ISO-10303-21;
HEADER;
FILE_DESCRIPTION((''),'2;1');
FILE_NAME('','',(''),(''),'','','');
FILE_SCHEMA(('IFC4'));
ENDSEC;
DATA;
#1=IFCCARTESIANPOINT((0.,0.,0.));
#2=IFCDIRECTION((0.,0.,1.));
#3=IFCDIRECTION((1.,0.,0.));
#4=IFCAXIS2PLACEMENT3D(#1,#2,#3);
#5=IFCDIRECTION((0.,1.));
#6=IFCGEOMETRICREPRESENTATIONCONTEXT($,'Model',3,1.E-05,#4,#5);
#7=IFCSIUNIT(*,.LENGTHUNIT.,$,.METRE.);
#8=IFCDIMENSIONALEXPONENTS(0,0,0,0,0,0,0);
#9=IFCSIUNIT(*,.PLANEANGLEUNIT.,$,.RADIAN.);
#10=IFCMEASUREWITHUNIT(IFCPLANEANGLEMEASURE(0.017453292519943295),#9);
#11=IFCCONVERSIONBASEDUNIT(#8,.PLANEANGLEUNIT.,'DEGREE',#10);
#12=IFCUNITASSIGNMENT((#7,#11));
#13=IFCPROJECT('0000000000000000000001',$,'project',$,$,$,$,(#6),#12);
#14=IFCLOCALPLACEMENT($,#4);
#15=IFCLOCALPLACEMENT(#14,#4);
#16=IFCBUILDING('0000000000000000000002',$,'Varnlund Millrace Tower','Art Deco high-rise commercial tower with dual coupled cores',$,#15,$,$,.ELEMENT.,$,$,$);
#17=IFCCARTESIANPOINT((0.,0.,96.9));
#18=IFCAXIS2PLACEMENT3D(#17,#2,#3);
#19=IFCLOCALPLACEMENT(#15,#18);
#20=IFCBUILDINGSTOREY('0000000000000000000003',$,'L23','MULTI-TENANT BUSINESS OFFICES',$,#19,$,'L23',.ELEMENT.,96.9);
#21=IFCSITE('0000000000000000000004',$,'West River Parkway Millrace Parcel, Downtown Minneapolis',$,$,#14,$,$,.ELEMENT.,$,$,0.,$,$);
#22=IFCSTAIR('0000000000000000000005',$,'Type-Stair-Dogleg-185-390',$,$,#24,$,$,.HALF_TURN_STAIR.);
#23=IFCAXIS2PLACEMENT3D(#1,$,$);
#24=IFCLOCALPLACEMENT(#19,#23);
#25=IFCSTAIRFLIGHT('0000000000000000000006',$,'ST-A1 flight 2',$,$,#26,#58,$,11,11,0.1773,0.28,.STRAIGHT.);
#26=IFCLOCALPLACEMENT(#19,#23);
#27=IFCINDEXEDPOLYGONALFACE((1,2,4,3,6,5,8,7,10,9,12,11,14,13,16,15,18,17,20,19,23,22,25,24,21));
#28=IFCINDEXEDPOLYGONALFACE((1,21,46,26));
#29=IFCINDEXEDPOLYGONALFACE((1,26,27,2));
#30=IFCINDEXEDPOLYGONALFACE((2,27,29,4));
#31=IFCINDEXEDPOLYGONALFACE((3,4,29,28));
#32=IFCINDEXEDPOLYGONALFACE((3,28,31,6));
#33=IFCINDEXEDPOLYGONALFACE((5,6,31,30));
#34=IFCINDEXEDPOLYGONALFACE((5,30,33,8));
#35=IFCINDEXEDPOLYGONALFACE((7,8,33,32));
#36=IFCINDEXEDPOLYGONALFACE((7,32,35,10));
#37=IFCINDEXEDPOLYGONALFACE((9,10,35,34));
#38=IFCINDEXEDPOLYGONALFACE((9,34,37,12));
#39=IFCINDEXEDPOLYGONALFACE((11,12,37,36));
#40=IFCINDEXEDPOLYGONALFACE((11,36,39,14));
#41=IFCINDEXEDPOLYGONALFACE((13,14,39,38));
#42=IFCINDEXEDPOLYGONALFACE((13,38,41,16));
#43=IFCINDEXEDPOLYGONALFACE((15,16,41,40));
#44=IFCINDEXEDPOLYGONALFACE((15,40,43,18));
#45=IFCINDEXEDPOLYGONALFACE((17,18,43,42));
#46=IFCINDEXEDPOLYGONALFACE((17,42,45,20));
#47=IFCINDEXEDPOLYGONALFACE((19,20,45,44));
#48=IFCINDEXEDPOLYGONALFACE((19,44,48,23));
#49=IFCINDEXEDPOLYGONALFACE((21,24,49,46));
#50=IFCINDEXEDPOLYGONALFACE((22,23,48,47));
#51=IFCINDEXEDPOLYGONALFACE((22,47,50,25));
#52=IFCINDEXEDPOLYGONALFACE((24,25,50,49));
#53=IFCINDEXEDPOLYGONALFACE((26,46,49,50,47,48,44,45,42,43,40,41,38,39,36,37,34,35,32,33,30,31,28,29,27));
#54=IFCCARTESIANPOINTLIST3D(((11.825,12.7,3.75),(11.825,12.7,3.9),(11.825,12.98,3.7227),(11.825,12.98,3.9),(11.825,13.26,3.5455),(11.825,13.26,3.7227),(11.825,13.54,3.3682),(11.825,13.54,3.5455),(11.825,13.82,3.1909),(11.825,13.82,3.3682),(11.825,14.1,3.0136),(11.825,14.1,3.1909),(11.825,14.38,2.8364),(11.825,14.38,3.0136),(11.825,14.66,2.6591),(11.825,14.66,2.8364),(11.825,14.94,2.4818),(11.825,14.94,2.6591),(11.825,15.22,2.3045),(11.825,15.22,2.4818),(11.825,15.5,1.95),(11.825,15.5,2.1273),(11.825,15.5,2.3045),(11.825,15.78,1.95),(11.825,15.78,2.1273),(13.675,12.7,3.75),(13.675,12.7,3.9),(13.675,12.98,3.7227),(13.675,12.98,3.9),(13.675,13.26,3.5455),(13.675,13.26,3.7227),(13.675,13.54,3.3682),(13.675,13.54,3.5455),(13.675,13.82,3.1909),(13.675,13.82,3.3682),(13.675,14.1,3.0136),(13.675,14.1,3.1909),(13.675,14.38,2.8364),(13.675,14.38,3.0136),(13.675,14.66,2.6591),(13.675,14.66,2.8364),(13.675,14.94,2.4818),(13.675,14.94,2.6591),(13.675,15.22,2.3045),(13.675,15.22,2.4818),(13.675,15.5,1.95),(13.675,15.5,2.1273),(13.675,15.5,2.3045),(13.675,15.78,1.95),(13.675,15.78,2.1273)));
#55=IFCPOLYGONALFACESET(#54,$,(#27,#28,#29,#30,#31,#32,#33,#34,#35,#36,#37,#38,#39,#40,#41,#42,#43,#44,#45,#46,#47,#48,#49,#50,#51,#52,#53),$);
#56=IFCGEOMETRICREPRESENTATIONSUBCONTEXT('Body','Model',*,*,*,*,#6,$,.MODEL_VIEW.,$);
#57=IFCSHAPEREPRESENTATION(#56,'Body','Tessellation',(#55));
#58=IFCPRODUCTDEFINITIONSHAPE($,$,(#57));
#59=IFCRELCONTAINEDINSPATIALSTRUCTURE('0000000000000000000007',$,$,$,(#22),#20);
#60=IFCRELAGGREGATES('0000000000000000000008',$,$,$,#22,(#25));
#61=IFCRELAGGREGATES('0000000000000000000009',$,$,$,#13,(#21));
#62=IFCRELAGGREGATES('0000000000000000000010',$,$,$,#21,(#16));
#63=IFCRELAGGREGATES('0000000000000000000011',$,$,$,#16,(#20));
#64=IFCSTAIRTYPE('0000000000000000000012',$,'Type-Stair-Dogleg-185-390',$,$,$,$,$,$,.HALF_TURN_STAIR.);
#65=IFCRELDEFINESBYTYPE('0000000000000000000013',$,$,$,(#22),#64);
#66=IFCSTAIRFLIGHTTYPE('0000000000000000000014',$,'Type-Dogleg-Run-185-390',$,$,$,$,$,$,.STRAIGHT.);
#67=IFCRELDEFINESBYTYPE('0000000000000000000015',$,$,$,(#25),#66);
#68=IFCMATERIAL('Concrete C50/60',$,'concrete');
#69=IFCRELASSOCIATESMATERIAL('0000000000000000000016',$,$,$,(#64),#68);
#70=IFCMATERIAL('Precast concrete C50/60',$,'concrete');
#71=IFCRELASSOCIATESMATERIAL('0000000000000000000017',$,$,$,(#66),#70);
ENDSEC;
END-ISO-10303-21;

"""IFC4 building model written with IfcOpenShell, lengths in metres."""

from ifc_helpers import new_model, entity, si_unit, converted_unit, direction, frame, origin_with_axes, place, context, subcontext, project, spatial, polyline, outline, extrude, material, type_object, element, aggregate, save


model = new_model("IFC4")

# Units and contexts
model_context = context("Model", 3, precision=1e-05, world=origin_with_axes(), true_north=direction((0.0, 1.0)))
body_context = subcontext(model_context, "Body", "Model", "MODEL_VIEW")
ifc_project = project(units=[si_unit("LENGTHUNIT", "METRE"), converted_unit("PLANEANGLEUNIT", "DEGREE", entity("IfcPlaneAngleMeasure", 0.017453292519943295), si_unit("PLANEANGLEUNIT", "RADIAN"), dimensions=[0, 0, 0, 0, 0, 0, 0])], contexts=[model_context])

# Site, building, storey
site_placement = place(None, origin_with_axes())
site = spatial("IfcSite", under=ifc_project, at=site_placement, Name="West River Parkway Millrace Parcel, Downtown Minneapolis", CompositionType="ELEMENT", RefElevation=0.0)
building_placement = place(site_placement, origin_with_axes())
building = spatial("IfcBuilding", under=site, at=building_placement, Name="Varnlund Millrace Tower", Description="Art Deco high-rise commercial tower with dual coupled cores", CompositionType="ELEMENT")
storey_placement = place(building_placement, frame((0.0, 0.0, 96.9), z_axis=(0.0, 0.0, 1.0), x_axis=(1.0, 0.0, 0.0)))
storey = spatial("IfcBuildingStorey", under=building, at=storey_placement, Name="L23", Description="MULTI-TENANT BUSINESS OFFICES", LongName="L23", CompositionType="ELEMENT", Elevation=96.9)

# Stair
ifc_material_1 = material(Name="Concrete C50/60", Category="concrete")
stair_type_1 = type_object("IfcStairType", Name="Type-Stair-Dogleg-185-390", PredefinedType="HALF_TURN_STAIR", material=ifc_material_1)
stair_1_placement = place(storey_placement, origin_with_axes())
stair_1 = element("IfcStair", 1, at=stair_1_placement, inside=storey, type_object=stair_type_1, Name="Type-Stair-Dogleg-185-390", PredefinedType="HALF_TURN_STAIR")

# Shared definitions
ifc_material_2 = material(Name="Precast concrete C50/60", Category="concrete")

# Stair flight
stair_flight_type = type_object("IfcStairFlightType", Name="Type-Dogleg-Run-185-390", PredefinedType="STRAIGHT", material=ifc_material_2)
stair_flight_placement = place(storey_placement, frame((13.675, 15.78, 1.95), z_axis=(-1.0, 0.0, 0.0), x_axis=(0.0, -1.0, 0.0)))
stair_flight = element("IfcStairFlight", 2, at=stair_flight_placement, type_object=stair_flight_type, Name="ST-A1 flight 2", NumberOfRisers=11, NumberOfTreads=11, PredefinedType="STRAIGHT", RiserHeight=0.1773, TreadLength=0.28, context=body_context, shape_type="SweptSolid", body=[
    extrude(outline(polyline([(0.0, 0.0), (0.0, 0.1773), (0.28, 0.1773), (0.28, 0.3545), (0.56, 0.3545), (0.56, 0.5318), (0.84, 0.5318), (0.84, 0.7091), (1.12, 0.7091), (1.12, 0.8864), (1.4, 0.8864), (1.4, 1.0636), (1.68, 1.0636), (1.68, 1.2409), (1.96, 1.2409), (1.96, 1.4182), (2.24, 1.4182), (2.24, 1.5955), (2.52, 1.5955), (2.52, 1.7727), (2.8, 1.7727), (2.8, 1.95), (3.08, 1.95), (3.08, 1.8), (0.28, 0.0), (0.0, 0.0)])), origin_with_axes(), (0.0, 0.0, 1.0), 1.85),
])
aggregate(stair_1, [stair_flight])

save(model, "model.ifc")
